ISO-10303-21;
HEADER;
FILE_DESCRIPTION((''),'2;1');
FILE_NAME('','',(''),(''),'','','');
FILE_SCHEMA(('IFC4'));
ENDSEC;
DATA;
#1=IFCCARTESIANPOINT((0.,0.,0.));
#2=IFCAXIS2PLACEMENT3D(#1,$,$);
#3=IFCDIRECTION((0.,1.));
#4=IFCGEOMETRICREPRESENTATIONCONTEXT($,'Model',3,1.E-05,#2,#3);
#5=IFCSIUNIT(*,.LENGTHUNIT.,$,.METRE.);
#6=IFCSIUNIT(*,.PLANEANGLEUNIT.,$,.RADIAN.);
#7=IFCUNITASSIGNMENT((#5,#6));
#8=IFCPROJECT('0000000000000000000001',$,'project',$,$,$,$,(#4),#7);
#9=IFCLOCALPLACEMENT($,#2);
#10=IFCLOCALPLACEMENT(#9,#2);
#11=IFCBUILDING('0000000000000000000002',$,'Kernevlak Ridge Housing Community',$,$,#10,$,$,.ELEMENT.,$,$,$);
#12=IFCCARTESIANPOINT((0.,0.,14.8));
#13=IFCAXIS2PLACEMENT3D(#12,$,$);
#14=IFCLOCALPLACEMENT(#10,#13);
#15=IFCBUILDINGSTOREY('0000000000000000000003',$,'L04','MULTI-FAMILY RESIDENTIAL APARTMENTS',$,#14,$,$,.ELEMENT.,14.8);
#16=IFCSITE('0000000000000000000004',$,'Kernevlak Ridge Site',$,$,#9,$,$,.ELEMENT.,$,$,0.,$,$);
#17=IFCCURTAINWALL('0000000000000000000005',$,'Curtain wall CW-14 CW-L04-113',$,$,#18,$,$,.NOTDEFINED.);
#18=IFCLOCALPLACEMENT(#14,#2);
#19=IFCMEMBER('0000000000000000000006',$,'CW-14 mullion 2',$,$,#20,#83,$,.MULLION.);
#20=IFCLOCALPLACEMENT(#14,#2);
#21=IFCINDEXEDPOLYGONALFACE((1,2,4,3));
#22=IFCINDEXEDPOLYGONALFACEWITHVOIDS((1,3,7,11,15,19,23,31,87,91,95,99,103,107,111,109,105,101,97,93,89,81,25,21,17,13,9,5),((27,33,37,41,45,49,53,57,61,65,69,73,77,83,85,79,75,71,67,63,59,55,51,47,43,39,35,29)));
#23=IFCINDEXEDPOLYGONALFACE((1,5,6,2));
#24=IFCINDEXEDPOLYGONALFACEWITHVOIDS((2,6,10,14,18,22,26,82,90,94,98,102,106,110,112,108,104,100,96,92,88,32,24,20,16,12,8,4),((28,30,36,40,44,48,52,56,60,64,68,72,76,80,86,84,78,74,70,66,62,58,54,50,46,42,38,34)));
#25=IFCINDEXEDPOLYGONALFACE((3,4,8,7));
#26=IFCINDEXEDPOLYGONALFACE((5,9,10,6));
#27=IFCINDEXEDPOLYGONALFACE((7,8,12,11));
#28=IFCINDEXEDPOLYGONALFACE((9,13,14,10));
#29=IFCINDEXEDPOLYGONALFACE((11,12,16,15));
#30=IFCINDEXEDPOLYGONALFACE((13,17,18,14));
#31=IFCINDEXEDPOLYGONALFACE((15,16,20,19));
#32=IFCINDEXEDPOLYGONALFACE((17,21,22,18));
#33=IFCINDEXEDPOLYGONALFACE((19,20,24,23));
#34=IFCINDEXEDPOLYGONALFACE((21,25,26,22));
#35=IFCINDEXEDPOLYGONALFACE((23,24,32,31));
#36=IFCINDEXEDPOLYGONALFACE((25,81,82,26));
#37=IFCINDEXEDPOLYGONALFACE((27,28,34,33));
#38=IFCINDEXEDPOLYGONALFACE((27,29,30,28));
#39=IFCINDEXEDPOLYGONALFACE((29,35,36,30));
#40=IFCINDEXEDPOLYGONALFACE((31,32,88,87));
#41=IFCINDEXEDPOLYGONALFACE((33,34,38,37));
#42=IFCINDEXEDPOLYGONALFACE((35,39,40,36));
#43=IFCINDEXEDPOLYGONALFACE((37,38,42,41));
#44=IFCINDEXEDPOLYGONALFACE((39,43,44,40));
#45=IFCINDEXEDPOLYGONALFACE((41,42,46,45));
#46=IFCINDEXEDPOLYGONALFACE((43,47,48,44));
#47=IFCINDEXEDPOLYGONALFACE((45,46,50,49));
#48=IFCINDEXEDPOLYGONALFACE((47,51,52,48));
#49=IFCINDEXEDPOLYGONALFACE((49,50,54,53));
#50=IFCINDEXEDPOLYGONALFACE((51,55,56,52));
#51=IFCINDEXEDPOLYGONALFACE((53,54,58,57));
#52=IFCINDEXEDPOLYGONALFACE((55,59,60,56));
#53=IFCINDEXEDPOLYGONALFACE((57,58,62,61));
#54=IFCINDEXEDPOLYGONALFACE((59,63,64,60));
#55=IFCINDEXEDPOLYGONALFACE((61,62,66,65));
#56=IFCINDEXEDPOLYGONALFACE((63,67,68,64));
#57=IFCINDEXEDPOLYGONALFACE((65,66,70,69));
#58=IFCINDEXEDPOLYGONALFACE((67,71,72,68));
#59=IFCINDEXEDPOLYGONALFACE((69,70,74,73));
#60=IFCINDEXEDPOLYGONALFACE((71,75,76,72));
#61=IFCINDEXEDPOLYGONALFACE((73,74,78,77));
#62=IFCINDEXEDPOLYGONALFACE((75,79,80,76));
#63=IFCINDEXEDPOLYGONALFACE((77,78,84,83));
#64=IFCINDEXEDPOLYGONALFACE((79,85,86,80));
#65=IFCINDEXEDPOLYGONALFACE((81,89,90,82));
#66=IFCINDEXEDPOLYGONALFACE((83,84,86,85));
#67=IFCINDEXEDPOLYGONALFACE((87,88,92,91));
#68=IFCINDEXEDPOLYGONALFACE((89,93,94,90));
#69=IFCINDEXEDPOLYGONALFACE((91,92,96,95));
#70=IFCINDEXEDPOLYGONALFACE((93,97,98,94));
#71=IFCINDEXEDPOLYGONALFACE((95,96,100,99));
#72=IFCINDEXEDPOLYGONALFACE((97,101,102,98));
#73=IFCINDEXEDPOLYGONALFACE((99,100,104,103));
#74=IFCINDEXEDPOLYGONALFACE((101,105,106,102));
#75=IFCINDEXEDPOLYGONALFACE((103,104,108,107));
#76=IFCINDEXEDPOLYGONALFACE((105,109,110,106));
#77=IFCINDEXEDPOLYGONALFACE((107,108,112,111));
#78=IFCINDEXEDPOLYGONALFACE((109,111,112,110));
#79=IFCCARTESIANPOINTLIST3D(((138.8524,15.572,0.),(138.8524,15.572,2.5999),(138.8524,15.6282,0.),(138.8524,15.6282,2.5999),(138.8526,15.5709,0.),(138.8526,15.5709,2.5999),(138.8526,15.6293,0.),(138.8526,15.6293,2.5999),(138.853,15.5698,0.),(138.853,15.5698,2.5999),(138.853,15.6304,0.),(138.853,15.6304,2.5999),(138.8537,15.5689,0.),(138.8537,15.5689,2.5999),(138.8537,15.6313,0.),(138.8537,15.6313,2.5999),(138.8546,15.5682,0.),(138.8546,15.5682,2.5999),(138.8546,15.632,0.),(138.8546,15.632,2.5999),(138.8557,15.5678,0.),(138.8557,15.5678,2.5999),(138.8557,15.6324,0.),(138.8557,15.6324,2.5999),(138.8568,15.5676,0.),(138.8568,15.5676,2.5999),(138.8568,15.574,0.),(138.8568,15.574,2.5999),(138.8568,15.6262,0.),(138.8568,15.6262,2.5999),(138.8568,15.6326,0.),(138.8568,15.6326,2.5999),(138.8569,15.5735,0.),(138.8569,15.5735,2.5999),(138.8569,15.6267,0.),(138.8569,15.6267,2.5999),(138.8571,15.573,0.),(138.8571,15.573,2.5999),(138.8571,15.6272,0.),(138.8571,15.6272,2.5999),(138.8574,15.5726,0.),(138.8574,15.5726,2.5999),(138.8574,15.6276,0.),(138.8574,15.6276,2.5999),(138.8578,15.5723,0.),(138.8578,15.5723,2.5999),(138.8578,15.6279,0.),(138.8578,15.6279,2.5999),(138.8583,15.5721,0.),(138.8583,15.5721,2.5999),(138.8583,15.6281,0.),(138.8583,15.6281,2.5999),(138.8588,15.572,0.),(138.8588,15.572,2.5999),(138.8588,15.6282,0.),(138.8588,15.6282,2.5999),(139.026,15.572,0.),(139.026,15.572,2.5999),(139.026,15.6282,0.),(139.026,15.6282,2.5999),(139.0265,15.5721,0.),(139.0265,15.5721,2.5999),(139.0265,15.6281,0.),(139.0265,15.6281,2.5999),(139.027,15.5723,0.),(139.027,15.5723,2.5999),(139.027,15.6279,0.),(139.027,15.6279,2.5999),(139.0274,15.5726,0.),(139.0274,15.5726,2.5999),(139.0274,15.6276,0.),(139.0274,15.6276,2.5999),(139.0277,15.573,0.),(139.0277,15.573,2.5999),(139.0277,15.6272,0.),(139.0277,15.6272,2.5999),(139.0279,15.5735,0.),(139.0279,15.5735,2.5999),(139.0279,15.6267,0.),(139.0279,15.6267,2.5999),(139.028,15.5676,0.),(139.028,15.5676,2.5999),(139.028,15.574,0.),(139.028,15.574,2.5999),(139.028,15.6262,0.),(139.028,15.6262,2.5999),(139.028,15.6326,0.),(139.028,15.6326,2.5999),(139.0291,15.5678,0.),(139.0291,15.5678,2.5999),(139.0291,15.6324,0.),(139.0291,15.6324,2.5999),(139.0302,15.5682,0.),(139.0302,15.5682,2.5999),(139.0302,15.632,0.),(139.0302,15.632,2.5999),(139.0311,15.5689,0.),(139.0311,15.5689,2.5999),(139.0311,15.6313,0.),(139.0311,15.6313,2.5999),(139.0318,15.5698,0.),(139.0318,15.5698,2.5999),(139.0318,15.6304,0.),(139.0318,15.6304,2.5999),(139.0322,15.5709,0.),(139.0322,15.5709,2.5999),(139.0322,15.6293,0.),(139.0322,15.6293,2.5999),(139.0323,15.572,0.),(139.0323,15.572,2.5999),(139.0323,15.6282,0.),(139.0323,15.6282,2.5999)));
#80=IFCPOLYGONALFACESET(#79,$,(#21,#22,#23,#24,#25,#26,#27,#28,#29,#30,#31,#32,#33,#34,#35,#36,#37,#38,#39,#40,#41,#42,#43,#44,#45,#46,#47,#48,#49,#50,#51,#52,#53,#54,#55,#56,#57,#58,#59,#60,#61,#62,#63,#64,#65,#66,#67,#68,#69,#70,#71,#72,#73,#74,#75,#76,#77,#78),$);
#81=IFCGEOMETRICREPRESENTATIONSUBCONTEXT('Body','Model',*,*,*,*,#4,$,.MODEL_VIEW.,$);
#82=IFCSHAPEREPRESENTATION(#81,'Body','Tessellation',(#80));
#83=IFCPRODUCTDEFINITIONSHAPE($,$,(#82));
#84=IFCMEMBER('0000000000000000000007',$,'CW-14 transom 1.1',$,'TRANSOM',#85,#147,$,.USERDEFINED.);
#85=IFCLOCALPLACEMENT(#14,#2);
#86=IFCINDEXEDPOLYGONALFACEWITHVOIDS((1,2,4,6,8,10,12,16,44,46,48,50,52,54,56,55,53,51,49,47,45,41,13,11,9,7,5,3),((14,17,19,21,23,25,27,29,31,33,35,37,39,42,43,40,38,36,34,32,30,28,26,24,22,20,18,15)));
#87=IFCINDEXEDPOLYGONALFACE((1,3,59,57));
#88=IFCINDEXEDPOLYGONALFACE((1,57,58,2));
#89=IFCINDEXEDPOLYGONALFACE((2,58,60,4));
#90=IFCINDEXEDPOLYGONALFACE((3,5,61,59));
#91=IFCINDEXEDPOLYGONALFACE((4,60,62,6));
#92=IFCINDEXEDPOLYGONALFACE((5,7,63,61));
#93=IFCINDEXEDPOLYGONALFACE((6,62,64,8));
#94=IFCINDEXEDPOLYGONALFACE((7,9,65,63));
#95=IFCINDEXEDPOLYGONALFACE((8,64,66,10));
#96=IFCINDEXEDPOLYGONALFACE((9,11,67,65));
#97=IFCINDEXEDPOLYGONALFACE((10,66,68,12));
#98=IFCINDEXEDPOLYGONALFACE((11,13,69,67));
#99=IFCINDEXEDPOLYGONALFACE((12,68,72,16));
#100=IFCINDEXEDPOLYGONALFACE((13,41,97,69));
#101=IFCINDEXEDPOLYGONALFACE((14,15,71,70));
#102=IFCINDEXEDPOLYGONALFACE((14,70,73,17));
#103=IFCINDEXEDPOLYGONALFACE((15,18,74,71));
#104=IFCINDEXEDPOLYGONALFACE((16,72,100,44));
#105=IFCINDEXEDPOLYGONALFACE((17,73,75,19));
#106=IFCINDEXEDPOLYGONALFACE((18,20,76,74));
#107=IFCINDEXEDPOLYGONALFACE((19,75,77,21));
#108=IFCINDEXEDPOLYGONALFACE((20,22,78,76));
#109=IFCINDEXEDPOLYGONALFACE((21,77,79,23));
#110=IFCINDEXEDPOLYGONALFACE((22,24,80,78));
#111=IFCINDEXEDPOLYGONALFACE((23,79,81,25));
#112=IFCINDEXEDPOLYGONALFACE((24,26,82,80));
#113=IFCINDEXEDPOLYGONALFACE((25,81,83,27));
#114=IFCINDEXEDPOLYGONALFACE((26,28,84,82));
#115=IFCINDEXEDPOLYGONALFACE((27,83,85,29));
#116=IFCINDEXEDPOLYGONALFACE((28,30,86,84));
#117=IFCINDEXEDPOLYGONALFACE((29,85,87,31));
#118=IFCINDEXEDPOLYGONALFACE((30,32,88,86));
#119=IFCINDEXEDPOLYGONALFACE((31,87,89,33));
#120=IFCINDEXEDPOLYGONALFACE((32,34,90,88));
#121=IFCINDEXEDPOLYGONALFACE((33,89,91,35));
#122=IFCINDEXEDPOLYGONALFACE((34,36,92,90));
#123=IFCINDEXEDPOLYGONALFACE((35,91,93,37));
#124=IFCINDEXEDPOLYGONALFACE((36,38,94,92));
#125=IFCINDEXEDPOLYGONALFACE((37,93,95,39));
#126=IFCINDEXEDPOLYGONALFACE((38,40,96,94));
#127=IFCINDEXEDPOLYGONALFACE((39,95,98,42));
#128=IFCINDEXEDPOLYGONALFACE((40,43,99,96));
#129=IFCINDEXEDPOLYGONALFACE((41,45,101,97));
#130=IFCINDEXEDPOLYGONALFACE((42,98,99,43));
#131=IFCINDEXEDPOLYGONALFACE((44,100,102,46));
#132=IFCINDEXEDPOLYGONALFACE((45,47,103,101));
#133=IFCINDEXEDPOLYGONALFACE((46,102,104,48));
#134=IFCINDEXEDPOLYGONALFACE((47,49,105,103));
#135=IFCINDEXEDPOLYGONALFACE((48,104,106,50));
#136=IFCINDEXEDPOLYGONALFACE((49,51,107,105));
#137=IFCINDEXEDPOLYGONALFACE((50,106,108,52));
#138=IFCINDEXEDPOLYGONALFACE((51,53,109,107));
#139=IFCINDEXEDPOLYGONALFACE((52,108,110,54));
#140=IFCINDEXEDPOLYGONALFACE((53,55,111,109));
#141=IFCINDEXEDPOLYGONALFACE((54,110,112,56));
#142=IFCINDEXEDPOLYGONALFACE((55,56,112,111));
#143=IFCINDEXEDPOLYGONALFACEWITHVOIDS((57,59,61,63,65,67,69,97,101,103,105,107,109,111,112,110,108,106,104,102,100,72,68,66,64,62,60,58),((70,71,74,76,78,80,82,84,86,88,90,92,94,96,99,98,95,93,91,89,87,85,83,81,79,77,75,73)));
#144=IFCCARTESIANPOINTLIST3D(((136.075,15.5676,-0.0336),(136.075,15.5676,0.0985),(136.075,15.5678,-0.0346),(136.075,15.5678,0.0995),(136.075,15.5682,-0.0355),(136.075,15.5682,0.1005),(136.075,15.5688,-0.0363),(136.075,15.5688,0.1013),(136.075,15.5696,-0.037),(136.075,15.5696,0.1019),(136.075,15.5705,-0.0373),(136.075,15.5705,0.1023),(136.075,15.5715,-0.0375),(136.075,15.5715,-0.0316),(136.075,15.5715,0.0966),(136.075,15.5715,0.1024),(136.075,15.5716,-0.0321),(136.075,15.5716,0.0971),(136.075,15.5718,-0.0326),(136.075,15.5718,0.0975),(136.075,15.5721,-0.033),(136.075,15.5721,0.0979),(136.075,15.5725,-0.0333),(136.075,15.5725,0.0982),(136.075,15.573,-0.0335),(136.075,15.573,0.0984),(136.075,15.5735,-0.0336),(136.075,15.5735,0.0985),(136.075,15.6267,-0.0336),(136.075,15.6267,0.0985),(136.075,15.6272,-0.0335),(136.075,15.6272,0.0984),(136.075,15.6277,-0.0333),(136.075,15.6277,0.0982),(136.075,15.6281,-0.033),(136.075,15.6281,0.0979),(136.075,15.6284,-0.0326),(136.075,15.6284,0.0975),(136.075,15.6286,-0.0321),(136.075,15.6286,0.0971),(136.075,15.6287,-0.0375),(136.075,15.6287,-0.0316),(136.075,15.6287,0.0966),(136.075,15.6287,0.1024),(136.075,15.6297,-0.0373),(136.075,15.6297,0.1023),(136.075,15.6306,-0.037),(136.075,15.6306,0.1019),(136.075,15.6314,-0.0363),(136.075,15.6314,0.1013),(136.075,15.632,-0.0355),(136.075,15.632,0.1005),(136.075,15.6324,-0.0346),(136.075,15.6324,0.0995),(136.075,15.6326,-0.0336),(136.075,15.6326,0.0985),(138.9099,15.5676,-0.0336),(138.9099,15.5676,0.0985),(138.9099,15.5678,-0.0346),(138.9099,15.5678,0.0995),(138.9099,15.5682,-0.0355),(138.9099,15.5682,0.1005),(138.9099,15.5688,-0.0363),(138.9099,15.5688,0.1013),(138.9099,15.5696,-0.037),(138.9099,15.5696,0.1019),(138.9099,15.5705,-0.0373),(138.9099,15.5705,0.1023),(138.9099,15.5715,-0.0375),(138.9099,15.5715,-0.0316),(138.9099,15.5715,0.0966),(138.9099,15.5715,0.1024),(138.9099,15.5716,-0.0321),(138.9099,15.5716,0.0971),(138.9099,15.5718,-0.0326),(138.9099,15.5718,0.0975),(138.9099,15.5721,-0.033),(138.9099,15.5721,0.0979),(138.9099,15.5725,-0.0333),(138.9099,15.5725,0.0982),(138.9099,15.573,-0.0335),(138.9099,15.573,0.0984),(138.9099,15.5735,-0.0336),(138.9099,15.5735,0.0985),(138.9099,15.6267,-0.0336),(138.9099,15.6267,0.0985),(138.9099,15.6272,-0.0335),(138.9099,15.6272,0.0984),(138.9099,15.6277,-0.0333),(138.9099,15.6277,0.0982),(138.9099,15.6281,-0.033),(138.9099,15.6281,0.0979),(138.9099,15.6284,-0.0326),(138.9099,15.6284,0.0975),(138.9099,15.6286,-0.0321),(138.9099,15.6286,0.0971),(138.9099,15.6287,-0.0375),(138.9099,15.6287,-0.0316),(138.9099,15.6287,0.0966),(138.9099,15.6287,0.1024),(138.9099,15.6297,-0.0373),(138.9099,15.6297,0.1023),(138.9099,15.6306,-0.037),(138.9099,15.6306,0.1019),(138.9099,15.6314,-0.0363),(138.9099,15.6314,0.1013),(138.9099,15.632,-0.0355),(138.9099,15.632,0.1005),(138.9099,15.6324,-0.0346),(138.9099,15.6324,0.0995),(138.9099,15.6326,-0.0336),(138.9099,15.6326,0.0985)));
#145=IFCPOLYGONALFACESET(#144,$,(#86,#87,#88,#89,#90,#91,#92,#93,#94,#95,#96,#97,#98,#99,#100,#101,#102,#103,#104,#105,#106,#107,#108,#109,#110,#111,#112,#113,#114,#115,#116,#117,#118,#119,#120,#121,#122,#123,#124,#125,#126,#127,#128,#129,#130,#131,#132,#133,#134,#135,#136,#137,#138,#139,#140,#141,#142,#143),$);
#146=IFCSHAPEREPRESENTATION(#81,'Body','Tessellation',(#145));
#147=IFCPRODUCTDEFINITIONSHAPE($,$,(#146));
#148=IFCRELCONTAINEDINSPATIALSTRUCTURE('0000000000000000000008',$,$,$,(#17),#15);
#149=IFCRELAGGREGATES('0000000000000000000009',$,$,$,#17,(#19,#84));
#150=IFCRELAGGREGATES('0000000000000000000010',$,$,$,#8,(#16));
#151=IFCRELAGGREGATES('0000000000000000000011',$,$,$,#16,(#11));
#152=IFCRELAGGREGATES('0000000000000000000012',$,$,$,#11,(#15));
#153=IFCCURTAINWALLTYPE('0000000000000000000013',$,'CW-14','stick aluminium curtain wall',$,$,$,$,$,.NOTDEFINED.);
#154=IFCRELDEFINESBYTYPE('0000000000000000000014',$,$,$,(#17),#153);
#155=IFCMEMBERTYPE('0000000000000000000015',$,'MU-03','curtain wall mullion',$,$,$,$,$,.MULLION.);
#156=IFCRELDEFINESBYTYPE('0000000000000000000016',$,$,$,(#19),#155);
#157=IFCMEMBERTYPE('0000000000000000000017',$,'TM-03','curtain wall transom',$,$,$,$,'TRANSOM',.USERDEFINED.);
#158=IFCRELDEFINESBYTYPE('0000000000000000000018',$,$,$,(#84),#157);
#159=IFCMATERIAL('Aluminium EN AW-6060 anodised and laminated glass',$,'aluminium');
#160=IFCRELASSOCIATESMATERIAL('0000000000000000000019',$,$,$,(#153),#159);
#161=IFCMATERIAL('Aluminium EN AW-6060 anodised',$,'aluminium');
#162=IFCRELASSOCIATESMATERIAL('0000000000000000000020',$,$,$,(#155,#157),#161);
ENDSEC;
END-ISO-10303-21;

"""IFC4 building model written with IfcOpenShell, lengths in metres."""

from ifc_helpers import new_model, si_unit, direction, frame, origin, origin_2d, place, context, subcontext, project, spatial, hollow_rectangle, extrude, material, material_profile, profile_set, type_object, element, aggregate, save


model = new_model("IFC4")

# Units and contexts
model_context = context("Model", 3, precision=1e-05, world=origin(), true_north=direction((0.0, 1.0)))
body_context = subcontext(model_context, "Body", "Model", "MODEL_VIEW")
ifc_project = project(units=[si_unit("LENGTHUNIT", "METRE"), si_unit("PLANEANGLEUNIT", "RADIAN")], contexts=[model_context])

# Site, building, storey
site_placement = place(None, origin())
site = spatial("IfcSite", under=ifc_project, at=site_placement, Name="Kernevlak Ridge Site", CompositionType="ELEMENT", RefElevation=0.0)
building_placement = place(site_placement, origin())
building = spatial("IfcBuilding", under=site, at=building_placement, Name="Kernevlak Ridge Housing Community", CompositionType="ELEMENT")
storey_placement = place(building_placement, frame((0.0, 0.0, 14.8)))
storey = spatial("IfcBuildingStorey", under=building, at=storey_placement, Name="L04", Description="MULTI-FAMILY RESIDENTIAL APARTMENTS", CompositionType="ELEMENT", Elevation=14.8)

# Shared definitions
ifc_material_1 = material(Name="Aluminium EN AW-6060 anodised and laminated glass", Category="aluminium")
ifc_material_2 = material(Name="Aluminium EN AW-6060 anodised", Category="aluminium")

# Curtain wall, members
curtain_wall_type_1 = type_object("IfcCurtainWallType", Name="CW-14", Description="stick aluminium curtain wall", PredefinedType="NOTDEFINED", material=ifc_material_1)
curtain_wall_1_placement = place(storey_placement, origin())
curtain_wall_1 = element("IfcCurtainWall", 1, at=curtain_wall_1_placement, inside=storey, type_object=curtain_wall_type_1, Name="Curtain wall CW-14 CW-L04-113", PredefinedType="NOTDEFINED")
ifc_material_profile_1 = material_profile(ifc_material_2, hollow_rectangle(XDim=0.0649, YDim=0.1799, WallThickness=0.0044, InnerFilletRadius=0.002, OuterFilletRadius=0.0044, at=origin_2d()), Name="ALU 65x180x4.5")
ifc_profile_set_1 = profile_set([ifc_material_profile_1], Name="Aluminium EN AW-6060 anodised")
member_type_1 = type_object("IfcMemberType", Name="MU-03", Description="curtain wall mullion", PredefinedType="MULLION", material=ifc_profile_set_1)
member_1_placement = place(storey_placement, frame((138.9424, 15.6001, 0.0), z_axis=(0.0, 0.0, 1.0), x_axis=(0.0, 1.0, 0.0)))
member_1 = element("IfcMember", 2, at=member_1_placement, type_object=member_type_1, Name="CW-14 mullion 2", PredefinedType="MULLION", context=body_context, shape_type="SweptSolid", body=[
    extrude(hollow_rectangle(XDim=0.0649, YDim=0.1799, WallThickness=0.0044, InnerFilletRadius=0.002, OuterFilletRadius=0.0044, at=origin_2d()), origin(), (0.0, 0.0, 1.0), 2.5999),
])
ifc_material_profile_2 = material_profile(ifc_material_2, hollow_rectangle(XDim=0.0649, YDim=0.1399, WallThickness=0.0039, InnerFilletRadius=0.002, OuterFilletRadius=0.0039, at=origin_2d()), Name="ALU 65x140x4")
ifc_profile_set_2 = profile_set([ifc_material_profile_2], Name="Aluminium EN AW-6060 anodised")
member_type_2 = type_object("IfcMemberType", Name="TM-03", Description="curtain wall transom", ElementType="TRANSOM", PredefinedType="USERDEFINED", material=ifc_profile_set_2)
member_2_placement = place(storey_placement, frame((136.075, 15.6001, 0.0325), z_axis=(1.0, 0.0, 0.0), x_axis=(0.0, 1.0, 0.0)))
member_2 = element("IfcMember", 3, at=member_2_placement, type_object=member_type_2, Name="CW-14 transom 1.1", ObjectType="TRANSOM", PredefinedType="USERDEFINED", context=body_context, shape_type="SweptSolid", body=[
    extrude(hollow_rectangle(XDim=0.0649, YDim=0.1399, WallThickness=0.0039, InnerFilletRadius=0.002, OuterFilletRadius=0.0039, at=origin_2d()), origin(), (0.0, 0.0, 1.0), 2.835),
])
aggregate(curtain_wall_1, [member_1, member_2])

save(model, "model.ifc")
